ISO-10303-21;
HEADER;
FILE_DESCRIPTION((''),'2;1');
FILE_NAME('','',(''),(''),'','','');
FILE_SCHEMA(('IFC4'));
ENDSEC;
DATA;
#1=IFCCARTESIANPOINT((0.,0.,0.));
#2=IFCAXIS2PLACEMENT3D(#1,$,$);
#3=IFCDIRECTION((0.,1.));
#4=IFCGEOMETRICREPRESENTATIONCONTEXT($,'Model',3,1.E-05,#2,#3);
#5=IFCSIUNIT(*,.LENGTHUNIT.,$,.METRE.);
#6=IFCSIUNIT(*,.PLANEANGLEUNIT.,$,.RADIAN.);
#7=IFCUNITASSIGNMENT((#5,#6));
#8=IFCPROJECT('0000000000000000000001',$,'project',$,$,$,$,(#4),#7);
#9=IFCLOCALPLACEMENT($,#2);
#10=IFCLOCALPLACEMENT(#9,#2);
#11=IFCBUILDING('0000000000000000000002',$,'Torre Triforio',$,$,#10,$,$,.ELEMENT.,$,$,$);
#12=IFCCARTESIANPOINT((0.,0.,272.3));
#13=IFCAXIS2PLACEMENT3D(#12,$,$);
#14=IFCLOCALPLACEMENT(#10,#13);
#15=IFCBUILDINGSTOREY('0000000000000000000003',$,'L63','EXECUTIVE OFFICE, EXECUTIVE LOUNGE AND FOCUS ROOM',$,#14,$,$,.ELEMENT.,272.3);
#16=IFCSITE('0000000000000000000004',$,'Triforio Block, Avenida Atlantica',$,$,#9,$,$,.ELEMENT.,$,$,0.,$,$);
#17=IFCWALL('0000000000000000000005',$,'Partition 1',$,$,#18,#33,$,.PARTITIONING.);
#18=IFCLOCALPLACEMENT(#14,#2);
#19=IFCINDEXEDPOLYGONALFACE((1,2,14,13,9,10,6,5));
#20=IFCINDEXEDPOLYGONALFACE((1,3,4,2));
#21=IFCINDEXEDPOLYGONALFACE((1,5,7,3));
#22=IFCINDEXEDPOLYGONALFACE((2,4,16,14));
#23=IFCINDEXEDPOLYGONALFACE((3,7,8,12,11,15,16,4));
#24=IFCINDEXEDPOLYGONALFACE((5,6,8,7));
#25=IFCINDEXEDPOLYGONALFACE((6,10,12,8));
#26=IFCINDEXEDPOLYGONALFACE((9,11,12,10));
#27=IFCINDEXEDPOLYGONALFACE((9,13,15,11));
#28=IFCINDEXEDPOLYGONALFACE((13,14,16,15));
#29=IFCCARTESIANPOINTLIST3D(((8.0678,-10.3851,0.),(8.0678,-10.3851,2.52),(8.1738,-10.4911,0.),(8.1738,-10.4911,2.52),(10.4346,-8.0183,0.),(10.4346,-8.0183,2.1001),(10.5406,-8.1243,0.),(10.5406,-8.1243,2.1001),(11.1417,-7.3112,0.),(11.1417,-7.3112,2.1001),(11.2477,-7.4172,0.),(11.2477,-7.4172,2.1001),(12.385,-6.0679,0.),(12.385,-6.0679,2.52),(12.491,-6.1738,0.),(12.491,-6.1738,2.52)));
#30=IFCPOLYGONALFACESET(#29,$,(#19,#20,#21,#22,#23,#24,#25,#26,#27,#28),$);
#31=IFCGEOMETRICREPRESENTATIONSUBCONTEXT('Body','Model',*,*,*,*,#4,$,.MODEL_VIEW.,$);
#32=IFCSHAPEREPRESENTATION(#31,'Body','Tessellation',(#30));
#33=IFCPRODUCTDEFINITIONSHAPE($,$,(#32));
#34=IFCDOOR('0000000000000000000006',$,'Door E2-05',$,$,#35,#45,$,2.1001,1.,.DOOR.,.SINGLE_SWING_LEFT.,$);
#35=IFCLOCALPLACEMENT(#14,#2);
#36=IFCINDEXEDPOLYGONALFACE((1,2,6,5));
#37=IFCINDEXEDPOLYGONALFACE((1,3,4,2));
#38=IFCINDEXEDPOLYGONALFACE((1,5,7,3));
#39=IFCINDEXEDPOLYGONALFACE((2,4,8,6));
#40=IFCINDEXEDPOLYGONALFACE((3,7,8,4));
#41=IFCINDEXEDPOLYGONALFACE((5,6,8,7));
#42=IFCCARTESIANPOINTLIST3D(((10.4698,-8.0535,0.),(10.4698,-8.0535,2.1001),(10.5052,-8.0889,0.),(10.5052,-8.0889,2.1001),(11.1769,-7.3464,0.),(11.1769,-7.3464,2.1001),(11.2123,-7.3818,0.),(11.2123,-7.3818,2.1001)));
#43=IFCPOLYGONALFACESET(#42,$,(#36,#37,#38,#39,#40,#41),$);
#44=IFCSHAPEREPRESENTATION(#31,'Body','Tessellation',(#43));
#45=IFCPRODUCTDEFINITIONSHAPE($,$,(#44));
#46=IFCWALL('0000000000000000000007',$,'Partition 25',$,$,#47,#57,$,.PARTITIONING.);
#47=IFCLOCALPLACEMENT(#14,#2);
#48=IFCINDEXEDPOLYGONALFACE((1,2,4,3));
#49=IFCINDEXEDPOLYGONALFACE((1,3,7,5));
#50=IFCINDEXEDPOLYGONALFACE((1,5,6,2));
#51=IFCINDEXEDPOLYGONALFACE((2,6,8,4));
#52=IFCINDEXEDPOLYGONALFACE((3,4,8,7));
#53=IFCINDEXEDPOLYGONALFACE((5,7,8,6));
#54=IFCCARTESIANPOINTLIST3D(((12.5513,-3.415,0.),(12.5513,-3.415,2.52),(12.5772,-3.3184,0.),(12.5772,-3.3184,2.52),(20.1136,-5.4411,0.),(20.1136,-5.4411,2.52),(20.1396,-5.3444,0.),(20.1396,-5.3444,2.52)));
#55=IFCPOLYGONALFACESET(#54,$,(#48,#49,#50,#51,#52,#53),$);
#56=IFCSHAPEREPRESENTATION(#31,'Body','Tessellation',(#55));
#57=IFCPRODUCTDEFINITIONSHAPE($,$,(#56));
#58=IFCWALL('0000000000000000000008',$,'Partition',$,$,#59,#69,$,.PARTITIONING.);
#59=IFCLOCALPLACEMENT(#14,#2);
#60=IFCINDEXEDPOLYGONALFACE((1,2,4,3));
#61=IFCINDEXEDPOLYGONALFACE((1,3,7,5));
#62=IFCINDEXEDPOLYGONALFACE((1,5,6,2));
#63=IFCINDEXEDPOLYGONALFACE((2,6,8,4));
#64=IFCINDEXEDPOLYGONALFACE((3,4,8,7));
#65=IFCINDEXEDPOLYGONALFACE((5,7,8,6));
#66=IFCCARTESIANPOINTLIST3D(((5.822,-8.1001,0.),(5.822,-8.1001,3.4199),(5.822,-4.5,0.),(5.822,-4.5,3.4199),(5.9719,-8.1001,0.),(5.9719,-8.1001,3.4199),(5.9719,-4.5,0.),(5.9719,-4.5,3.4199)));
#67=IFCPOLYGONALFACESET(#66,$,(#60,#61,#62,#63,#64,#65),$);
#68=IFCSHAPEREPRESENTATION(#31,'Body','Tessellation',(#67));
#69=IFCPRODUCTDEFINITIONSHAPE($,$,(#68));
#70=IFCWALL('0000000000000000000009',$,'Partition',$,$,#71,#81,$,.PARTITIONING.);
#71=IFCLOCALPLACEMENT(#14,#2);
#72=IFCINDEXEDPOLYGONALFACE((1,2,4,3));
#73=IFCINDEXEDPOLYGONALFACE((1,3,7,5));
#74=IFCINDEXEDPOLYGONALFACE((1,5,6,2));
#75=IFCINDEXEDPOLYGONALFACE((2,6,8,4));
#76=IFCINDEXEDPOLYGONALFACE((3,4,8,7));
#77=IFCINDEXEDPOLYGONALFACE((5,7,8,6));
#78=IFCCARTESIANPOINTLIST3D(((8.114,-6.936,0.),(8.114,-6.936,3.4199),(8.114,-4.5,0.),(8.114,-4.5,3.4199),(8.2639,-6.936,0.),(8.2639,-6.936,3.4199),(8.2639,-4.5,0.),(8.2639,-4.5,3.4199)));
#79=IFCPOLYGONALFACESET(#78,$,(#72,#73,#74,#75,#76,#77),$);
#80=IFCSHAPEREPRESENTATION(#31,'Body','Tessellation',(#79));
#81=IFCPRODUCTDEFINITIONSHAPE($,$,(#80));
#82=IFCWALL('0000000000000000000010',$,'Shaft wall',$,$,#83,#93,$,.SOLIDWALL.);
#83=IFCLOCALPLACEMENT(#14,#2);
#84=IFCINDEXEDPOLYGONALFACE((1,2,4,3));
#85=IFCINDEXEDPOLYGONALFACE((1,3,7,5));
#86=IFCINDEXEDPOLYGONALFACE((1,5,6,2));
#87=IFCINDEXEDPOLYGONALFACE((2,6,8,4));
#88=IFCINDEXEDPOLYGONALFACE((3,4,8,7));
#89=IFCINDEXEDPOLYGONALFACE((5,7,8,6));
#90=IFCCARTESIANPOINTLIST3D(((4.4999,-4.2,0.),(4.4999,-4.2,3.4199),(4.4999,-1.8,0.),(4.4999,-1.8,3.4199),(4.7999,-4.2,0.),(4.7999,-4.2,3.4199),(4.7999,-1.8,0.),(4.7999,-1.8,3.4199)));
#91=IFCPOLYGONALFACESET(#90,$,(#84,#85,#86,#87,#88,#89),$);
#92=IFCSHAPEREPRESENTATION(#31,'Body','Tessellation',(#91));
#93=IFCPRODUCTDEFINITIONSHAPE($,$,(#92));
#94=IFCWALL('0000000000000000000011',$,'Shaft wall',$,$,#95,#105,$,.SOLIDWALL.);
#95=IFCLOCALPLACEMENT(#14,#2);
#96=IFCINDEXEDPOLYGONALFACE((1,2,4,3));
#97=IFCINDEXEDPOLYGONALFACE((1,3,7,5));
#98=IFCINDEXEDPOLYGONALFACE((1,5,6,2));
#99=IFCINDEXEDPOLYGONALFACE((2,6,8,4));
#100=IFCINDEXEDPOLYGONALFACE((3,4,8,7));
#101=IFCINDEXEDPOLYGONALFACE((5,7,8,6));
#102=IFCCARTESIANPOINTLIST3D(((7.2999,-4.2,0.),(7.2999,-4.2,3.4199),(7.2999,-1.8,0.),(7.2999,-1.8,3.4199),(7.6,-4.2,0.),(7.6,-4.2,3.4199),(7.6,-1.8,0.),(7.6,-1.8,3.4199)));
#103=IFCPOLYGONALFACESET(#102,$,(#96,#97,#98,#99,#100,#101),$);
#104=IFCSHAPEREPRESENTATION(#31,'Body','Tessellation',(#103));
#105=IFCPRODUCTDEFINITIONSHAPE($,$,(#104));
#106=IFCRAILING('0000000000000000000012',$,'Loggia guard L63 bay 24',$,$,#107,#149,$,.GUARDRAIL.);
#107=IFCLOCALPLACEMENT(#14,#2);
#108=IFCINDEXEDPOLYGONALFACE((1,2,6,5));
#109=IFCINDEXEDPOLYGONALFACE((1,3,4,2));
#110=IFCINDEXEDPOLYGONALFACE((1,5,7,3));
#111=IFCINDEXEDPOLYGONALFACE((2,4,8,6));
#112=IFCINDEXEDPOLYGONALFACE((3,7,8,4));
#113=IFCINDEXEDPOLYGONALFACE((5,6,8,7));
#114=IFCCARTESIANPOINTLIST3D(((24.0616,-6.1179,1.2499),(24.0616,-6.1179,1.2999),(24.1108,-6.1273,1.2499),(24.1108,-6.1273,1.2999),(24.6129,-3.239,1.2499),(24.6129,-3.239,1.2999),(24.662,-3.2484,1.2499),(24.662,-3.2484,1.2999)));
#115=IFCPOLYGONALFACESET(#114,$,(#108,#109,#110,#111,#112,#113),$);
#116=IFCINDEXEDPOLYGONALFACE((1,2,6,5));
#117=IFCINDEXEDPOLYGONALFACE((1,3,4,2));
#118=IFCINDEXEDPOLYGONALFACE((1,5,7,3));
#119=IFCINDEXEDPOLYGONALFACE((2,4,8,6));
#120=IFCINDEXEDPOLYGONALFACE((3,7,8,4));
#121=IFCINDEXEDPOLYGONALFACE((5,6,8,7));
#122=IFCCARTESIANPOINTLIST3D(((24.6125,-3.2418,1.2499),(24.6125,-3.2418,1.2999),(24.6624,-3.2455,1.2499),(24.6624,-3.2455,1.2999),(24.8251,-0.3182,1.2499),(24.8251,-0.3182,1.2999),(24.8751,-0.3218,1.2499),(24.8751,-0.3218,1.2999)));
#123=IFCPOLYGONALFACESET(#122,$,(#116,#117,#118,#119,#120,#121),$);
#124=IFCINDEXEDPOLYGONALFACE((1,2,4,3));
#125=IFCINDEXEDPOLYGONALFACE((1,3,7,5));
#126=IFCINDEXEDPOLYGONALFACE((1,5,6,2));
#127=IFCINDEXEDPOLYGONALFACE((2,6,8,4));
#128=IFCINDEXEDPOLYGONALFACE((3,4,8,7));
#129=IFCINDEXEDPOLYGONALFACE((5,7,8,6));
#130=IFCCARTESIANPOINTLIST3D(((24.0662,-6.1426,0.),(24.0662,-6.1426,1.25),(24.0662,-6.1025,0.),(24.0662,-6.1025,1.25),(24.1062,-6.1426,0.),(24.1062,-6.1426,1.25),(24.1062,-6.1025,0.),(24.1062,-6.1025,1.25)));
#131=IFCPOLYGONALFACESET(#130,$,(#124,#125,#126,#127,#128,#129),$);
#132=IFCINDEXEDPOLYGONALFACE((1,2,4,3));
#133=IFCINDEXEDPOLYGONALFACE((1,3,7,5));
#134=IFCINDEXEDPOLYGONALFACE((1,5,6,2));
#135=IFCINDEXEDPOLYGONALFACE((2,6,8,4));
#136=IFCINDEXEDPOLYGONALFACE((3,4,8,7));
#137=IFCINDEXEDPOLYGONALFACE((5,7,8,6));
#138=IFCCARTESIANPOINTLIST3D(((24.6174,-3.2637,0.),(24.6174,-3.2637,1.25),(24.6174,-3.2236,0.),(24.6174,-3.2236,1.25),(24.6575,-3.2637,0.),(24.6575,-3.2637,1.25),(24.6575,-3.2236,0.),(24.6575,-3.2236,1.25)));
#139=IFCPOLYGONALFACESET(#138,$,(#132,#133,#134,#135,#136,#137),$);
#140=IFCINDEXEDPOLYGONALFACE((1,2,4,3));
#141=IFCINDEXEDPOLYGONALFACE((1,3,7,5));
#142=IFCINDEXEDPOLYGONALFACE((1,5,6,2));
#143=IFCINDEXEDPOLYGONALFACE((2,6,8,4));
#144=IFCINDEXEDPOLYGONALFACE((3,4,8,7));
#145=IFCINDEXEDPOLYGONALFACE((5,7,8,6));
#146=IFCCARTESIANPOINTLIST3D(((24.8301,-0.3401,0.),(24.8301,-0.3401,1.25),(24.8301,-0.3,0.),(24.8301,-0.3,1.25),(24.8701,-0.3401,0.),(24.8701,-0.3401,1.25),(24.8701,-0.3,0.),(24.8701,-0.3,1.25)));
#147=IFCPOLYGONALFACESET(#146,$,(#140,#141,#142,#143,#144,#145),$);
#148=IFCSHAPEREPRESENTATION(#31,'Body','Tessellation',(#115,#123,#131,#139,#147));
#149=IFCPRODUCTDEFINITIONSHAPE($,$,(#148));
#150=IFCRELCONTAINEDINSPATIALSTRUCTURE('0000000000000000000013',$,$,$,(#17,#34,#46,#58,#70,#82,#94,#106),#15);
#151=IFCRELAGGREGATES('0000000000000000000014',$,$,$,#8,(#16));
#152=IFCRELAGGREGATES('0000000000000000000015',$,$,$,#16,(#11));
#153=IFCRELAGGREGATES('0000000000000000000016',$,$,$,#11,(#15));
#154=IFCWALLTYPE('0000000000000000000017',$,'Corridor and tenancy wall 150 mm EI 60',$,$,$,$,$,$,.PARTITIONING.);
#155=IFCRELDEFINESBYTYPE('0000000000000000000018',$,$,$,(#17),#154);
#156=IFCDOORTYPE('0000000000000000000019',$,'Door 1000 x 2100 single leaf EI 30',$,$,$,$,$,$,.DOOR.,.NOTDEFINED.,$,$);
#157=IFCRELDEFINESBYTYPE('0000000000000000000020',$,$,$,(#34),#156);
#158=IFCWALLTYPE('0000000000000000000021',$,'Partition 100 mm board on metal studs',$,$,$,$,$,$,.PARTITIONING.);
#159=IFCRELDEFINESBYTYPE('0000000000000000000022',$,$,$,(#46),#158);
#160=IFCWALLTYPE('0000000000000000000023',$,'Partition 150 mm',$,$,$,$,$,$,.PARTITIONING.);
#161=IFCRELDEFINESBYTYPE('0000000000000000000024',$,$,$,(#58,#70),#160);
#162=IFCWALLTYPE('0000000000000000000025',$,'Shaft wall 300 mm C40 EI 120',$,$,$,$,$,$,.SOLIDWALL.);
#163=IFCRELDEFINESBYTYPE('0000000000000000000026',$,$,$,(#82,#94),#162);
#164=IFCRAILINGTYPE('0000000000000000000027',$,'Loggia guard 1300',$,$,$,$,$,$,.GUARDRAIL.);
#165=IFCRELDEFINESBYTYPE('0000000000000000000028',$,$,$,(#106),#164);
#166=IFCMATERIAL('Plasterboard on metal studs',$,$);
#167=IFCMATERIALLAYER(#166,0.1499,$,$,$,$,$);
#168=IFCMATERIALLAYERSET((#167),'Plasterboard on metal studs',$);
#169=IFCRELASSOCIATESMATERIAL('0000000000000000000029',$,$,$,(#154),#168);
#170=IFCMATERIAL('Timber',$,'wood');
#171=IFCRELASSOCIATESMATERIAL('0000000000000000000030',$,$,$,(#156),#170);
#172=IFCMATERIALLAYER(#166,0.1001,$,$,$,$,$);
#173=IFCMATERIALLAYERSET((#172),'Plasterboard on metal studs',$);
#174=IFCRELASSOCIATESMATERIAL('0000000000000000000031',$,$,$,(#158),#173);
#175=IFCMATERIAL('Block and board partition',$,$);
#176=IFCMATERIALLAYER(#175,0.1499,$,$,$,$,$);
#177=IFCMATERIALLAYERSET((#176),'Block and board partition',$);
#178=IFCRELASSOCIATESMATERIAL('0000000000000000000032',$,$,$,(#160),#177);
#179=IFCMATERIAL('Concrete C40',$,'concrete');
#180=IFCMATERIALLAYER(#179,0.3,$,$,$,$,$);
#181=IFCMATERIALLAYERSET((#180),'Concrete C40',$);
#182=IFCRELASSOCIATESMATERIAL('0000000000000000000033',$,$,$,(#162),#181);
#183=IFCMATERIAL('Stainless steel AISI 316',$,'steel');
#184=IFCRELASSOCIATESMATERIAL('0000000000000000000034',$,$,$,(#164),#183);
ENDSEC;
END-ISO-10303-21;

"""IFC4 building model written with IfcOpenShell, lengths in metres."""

from ifc_helpers import new_model, si_unit, direction, frame, frame_2d, origin, origin_2d, place, context, subcontext, project, spatial, rectangle, extrude, material, layer, layer_set, type_object, element, fill, save


model = new_model("IFC4")

# Units and contexts
model_context = context("Model", 3, precision=1e-05, world=origin(), true_north=direction((0.0, 1.0)))
body_context = subcontext(model_context, "Body", "Model", "MODEL_VIEW")
ifc_project = project(units=[si_unit("LENGTHUNIT", "METRE"), si_unit("PLANEANGLEUNIT", "RADIAN")], contexts=[model_context])

# Site, building, storey
site_placement = place(None, origin())
site = spatial("IfcSite", under=ifc_project, at=site_placement, Name="Triforio Block, Avenida Atlantica", CompositionType="ELEMENT", RefElevation=0.0)
building_placement = place(site_placement, origin())
building = spatial("IfcBuilding", under=site, at=building_placement, Name="Torre Triforio", CompositionType="ELEMENT")
storey_placement = place(building_placement, frame((0.0, 0.0, 272.3)))
storey = spatial("IfcBuildingStorey", under=building, at=storey_placement, Name="L63", Description="EXECUTIVE OFFICE, EXECUTIVE LOUNGE AND FOCUS ROOM", CompositionType="ELEMENT", Elevation=272.3)

# Shared definitions
ifc_material_1 = material(Name="Concrete C40", Category="concrete")

# Wall, opening, door
ifc_material_2 = material(Name="Plasterboard on metal studs")
ifc_layer_1 = layer(ifc_material_2, 0.1499)
ifc_layer_set_1 = layer_set([ifc_layer_1], Name="Plasterboard on metal studs")
wall_type_1 = type_object("IfcWallType", Name="Corridor and tenancy wall 150 mm EI 60", PredefinedType="PARTITIONING", material=ifc_layer_set_1)
wall_1_placement = place(storey_placement, frame((12.438, -6.1208, 0.0), z_axis=(0.0, 0.0, 1.0), x_axis=(-0.707107, -0.707107, 0.0)))
wall_1 = element("IfcWall", 1, at=wall_1_placement, inside=storey, type_object=wall_type_1, Name="Partition 1", PredefinedType="PARTITIONING", context=body_context, shape_type="SweptSolid", body=[
    extrude(rectangle(XDim=6.1055, YDim=0.1499, at=frame_2d((3.0527, 0.0))), origin(), (0.0, 0.0, 1.0), 2.52),
])
opening_1_placement = place(wall_1_placement, frame((1.7583, 0.0, 0.0)))
opening_1 = element("IfcOpeningElement", 2, at=opening_1_placement, cuts=wall_1, PredefinedType="OPENING", context=body_context, shape_type="SweptSolid", body=[
    extrude(rectangle(XDim=1.0, YDim=2.1001, at=frame_2d((0.5, 1.05))), frame((0.0, 0.085, 0.0), z_axis=(0.0, -1.0, 0.0), x_axis=(1.0, 0.0, 0.0)), (0.0, 0.0, 1.0), 0.1699),
])
ifc_material_3 = material(Name="Timber", Category="wood")
door_type_1 = type_object("IfcDoorType", Name="Door 1000 x 2100 single leaf EI 30", OperationType="NOTDEFINED", PredefinedType="DOOR", material=ifc_material_3)
door_1_placement = place(opening_1_placement, origin())
door_1 = element("IfcDoor", 3, at=door_1_placement, inside=storey, type_object=door_type_1, Name="Door E2-05", OperationType="SINGLE_SWING_LEFT", OverallHeight=2.1001, OverallWidth=1.0, PredefinedType="DOOR", context=body_context, shape_type="SweptSolid", body=[
    extrude(rectangle(XDim=1.0, YDim=2.1001, at=frame_2d((0.5, 1.05))), frame((0.0, 0.0249, 0.0), z_axis=(0.0, -1.0, 0.0), x_axis=(1.0, 0.0, 0.0)), (0.0, 0.0, 1.0), 0.05),
])
fill(opening_1, door_1)

# Walls
ifc_layer_2 = layer(ifc_material_2, 0.1001)
ifc_layer_set_2 = layer_set([ifc_layer_2], Name="Plasterboard on metal studs")
wall_type_2 = type_object("IfcWallType", Name="Partition 100 mm board on metal studs", PredefinedType="PARTITIONING", material=ifc_layer_set_2)
wall_2_placement = place(storey_placement, frame((12.5642, -3.3667, 0.0), z_axis=(0.0, 0.0, 1.0), x_axis=(0.965934, -0.25879, 0.0)))
element("IfcWall", 4, at=wall_2_placement, inside=storey, type_object=wall_type_2, Name="Partition 25", PredefinedType="PARTITIONING", context=body_context, shape_type="SweptSolid", body=[
    extrude(rectangle(XDim=7.8291, YDim=0.1001, at=frame_2d((3.9146, 0.0))), origin(), (0.0, 0.0, 1.0), 2.52),
])
ifc_material_4 = material(Name="Block and board partition")
ifc_layer_3 = layer(ifc_material_4, 0.1499)
ifc_layer_set_3 = layer_set([ifc_layer_3], Name="Block and board partition")
wall_type_3 = type_object("IfcWallType", Name="Partition 150 mm", PredefinedType="PARTITIONING", material=ifc_layer_set_3)
wall_3_placement = place(storey_placement, frame((5.897, -8.1001, 0.0), z_axis=(0.0, 0.0, 1.0), x_axis=(0.0, 1.0, 0.0)))
element("IfcWall", 5, at=wall_3_placement, inside=storey, type_object=wall_type_3, Name="Partition", PredefinedType="PARTITIONING", context=body_context, shape_type="SweptSolid", body=[
    extrude(rectangle(XDim=3.6001, YDim=0.1499, at=frame_2d((1.8, 0.0))), origin(), (0.0, 0.0, 1.0), 3.4199),
])
wall_4_placement = place(storey_placement, frame((8.189, -6.936, 0.0), z_axis=(0.0, 0.0, 1.0), x_axis=(0.0, 1.0, 0.0)))
element("IfcWall", 6, at=wall_4_placement, inside=storey, type_object=wall_type_3, Name="Partition", PredefinedType="PARTITIONING", context=body_context, shape_type="SweptSolid", body=[
    extrude(rectangle(XDim=2.436, YDim=0.1499, at=frame_2d((1.218, 0.0))), origin(), (0.0, 0.0, 1.0), 3.4199),
])
ifc_layer_4 = layer(ifc_material_1, 0.3)
ifc_layer_set_4 = layer_set([ifc_layer_4], Name="Concrete C40")
wall_type_4 = type_object("IfcWallType", Name="Shaft wall 300 mm C40 EI 120", PredefinedType="SOLIDWALL", material=ifc_layer_set_4)
for number, where, z_axis, x_axis, name in (
    (7, (4.6499, -4.2, 0.0), (0.0, 0.0, 1.0), (0.0, 1.0, 0.0), "Shaft wall"),
    (8, (7.45, -4.2, 0.0), (0.0, 0.0, 1.0), (0.0, 1.0, 0.0), "Shaft wall"),
):
    element("IfcWall", number, at=place(storey_placement, frame(where, z_axis=z_axis, x_axis=x_axis)), inside=storey, type_object=wall_type_4, Name=name, PredefinedType="SOLIDWALL", context=body_context, shape_type="SweptSolid", body=[
        extrude(rectangle(XDim=2.3999, YDim=0.3, at=frame_2d((1.2, 0.0))), origin(), (0.0, 0.0, 1.0), 3.4199),
    ])

# Railing
ifc_material_5 = material(Name="Stainless steel AISI 316", Category="steel")
railing_type = type_object("IfcRailingType", Name="Loggia guard 1300", PredefinedType="GUARDRAIL", material=ifc_material_5)
railing_placement = place(storey_placement, frame((24.0862, -6.1226, 0.0)))
element("IfcRailing", 9, at=railing_placement, inside=storey, type_object=railing_type, Name="Loggia guard L63 bay 24", PredefinedType="GUARDRAIL", context=body_context, shape_type="SweptSolid", body=[
    extrude(rectangle(XDim=0.05, YDim=0.05, at=origin_2d()), frame((0.0, 0.0, 1.2749), z_axis=(0.188069, 0.982156, 0.0), x_axis=(-0.982156, 0.188069, 0.0)), (0.0, 0.0, 1.0), 2.9312),
    extrude(rectangle(XDim=0.05, YDim=0.05, at=origin_2d()), frame((0.5513, 2.8789, 1.2749), z_axis=(0.072543, 0.997365, 0.0), x_axis=(-0.997365, 0.072543, 0.0)), (0.0, 0.0, 1.0), 2.9314),
    extrude(rectangle(XDim=0.04, YDim=0.04, at=origin_2d()), origin(), (0.0, 0.0, 1.0), 1.25),
    extrude(rectangle(XDim=0.04, YDim=0.04, at=origin_2d()), frame((0.5513, 2.8789, 0.0)), (0.0, 0.0, 1.0), 1.25),
    extrude(rectangle(XDim=0.04, YDim=0.04, at=origin_2d()), frame((0.7639, 5.8025, 0.0)), (0.0, 0.0, 1.0), 1.25),
])

save(model, "model.ifc")
